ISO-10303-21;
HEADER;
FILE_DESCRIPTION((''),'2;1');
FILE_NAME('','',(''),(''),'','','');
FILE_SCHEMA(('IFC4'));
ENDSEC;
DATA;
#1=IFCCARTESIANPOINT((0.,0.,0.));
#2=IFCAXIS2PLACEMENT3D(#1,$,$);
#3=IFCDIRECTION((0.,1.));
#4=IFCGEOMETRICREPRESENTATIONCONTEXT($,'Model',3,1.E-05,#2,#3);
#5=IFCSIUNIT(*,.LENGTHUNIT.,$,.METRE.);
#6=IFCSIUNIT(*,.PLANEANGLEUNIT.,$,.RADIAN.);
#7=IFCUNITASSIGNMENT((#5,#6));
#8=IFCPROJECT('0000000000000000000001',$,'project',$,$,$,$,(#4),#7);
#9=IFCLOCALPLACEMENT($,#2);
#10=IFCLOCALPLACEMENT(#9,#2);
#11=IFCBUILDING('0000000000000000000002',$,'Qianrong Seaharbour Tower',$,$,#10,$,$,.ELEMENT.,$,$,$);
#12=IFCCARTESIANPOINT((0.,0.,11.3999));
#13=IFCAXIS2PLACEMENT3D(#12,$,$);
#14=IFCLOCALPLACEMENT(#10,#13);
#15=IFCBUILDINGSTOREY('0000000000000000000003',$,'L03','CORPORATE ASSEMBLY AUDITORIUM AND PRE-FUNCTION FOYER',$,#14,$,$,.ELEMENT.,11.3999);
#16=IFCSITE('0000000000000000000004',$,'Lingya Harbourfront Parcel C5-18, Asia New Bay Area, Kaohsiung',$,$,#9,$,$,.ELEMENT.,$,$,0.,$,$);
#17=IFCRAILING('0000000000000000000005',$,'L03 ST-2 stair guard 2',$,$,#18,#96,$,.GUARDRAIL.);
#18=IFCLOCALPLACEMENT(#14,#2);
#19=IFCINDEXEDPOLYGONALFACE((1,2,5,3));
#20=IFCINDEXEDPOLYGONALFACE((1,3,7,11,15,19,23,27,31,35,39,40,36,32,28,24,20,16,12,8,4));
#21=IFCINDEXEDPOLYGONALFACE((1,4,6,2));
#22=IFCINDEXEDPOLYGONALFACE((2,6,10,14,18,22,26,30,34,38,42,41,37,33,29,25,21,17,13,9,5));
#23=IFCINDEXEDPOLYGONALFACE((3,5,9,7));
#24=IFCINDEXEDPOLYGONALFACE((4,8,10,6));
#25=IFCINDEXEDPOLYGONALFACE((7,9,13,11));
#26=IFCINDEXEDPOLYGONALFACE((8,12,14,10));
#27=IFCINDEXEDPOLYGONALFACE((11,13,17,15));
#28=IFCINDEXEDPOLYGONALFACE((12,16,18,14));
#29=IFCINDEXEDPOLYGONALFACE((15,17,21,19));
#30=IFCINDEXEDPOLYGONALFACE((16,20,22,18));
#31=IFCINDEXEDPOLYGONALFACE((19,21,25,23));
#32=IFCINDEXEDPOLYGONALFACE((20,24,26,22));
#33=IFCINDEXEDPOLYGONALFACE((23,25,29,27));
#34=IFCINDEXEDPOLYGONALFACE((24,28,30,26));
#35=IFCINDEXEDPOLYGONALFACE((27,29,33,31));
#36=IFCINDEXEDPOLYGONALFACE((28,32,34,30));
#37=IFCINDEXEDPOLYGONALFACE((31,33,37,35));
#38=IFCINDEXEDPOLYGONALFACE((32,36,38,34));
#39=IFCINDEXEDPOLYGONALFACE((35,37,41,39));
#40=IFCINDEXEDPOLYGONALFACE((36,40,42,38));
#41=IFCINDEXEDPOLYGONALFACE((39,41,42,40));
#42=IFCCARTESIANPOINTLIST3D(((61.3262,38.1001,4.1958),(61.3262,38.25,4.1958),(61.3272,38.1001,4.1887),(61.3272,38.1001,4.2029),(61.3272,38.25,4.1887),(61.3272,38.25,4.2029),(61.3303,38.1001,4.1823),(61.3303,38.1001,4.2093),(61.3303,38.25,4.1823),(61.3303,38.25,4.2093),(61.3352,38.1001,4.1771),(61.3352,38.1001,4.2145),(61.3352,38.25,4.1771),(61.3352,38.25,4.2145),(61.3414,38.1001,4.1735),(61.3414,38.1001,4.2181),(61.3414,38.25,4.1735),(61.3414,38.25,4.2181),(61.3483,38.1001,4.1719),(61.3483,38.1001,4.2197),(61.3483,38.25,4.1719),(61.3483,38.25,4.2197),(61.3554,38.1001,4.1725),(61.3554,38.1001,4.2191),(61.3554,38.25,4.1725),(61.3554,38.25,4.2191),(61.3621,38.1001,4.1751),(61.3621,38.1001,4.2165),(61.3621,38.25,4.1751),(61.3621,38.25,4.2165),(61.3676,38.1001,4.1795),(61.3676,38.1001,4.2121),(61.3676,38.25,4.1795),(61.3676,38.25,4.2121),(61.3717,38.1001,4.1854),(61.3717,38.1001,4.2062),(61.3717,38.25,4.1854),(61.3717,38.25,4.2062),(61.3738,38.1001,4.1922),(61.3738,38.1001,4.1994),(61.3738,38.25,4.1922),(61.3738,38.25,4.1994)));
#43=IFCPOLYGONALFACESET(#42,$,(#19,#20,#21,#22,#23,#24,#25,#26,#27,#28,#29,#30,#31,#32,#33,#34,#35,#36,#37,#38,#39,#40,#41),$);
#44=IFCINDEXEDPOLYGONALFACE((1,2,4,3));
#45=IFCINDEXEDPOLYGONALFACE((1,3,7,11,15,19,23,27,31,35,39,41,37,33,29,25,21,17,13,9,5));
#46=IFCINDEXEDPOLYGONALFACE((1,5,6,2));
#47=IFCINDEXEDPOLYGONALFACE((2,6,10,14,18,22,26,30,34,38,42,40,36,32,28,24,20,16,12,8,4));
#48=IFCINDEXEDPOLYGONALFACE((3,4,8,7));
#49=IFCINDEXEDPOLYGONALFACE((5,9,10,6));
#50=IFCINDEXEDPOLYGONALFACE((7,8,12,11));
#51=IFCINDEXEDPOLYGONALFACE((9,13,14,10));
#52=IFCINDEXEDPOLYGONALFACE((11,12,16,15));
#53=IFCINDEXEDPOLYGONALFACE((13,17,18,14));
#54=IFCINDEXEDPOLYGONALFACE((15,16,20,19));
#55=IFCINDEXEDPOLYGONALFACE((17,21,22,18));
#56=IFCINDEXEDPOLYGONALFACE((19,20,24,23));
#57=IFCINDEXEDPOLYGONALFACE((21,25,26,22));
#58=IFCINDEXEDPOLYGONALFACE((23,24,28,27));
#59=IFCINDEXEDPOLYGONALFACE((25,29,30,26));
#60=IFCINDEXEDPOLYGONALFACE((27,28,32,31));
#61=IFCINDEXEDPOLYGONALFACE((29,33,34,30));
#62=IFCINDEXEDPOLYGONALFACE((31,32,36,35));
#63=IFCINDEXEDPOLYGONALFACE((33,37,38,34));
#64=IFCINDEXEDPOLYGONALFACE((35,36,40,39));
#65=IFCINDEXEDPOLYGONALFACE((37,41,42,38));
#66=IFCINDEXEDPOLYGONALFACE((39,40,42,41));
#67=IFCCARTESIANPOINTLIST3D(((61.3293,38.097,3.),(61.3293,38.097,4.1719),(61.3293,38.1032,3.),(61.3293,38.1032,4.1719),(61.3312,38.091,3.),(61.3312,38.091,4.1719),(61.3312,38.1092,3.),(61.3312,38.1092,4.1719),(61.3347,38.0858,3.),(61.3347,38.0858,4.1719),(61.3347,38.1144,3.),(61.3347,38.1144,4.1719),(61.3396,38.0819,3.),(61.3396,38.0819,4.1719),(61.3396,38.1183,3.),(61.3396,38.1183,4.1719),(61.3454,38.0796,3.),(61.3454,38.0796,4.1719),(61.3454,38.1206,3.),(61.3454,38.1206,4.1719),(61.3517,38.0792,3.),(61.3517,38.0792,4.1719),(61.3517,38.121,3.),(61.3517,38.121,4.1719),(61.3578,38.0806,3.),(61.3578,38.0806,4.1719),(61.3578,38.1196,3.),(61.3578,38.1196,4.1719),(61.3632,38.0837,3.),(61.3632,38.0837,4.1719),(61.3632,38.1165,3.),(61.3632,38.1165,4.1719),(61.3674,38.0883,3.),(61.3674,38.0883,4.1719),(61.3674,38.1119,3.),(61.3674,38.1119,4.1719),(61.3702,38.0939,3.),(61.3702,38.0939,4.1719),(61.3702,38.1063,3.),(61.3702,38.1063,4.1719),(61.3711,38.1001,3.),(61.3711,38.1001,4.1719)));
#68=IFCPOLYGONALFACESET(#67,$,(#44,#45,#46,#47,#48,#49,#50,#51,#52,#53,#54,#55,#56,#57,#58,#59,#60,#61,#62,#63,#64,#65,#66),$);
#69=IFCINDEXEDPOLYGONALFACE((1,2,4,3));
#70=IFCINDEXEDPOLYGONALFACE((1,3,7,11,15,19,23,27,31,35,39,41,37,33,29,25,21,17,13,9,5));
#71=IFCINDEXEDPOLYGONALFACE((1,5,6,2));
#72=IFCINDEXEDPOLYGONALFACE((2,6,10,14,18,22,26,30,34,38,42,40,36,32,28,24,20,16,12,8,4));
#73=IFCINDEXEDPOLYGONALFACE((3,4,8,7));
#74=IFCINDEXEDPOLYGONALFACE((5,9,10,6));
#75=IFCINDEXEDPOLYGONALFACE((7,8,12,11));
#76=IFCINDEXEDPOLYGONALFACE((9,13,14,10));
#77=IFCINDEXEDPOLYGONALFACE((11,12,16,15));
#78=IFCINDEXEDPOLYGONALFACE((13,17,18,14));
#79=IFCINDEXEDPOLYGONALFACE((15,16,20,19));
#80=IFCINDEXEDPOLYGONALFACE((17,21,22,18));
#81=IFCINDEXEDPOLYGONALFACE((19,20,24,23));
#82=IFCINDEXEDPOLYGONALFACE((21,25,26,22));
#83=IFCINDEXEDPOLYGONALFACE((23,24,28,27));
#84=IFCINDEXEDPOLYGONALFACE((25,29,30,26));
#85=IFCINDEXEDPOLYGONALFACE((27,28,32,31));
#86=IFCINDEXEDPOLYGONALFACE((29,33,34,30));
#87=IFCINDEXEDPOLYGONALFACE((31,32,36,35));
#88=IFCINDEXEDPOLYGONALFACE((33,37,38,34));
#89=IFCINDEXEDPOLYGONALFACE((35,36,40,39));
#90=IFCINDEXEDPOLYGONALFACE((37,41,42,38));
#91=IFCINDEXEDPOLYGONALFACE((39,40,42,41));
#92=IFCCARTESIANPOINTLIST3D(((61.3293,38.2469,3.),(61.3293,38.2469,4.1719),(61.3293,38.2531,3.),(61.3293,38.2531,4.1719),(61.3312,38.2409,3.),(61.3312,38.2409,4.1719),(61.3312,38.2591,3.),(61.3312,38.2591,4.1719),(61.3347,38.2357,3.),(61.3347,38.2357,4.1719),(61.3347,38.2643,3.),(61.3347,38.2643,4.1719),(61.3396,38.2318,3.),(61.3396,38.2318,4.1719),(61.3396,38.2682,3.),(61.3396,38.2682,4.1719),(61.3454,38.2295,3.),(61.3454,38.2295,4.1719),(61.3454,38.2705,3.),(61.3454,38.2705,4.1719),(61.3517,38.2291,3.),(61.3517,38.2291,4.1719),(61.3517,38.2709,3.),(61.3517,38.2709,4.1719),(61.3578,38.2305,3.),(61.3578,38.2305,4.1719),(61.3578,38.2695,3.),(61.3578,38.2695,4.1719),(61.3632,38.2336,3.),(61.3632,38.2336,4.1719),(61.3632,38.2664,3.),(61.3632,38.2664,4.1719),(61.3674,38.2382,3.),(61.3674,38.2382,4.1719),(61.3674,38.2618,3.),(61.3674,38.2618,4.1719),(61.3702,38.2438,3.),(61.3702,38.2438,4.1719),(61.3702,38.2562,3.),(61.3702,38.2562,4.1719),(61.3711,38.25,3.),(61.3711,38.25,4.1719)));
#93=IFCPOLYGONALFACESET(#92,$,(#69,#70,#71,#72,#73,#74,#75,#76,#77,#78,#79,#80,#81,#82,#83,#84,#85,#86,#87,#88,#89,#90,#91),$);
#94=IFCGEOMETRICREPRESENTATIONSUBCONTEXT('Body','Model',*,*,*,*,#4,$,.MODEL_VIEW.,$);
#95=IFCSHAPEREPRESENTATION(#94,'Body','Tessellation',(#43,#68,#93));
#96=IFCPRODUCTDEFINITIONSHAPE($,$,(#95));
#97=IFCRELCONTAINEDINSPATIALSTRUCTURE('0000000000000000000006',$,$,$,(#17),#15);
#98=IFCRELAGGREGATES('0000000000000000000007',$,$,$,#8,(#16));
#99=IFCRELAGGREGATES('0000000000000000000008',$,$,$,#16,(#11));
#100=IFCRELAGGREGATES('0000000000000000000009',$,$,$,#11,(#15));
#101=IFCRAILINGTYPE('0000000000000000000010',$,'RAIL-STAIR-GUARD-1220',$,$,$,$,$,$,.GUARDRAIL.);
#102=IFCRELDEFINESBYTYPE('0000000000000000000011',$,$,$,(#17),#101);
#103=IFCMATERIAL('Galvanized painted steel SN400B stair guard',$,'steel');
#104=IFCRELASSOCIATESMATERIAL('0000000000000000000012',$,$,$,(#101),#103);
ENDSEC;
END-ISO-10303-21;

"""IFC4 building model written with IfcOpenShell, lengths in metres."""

from ifc_helpers import new_model, si_unit, direction, frame, origin, origin_2d, place, context, subcontext, project, spatial, circle, extrude, material, type_object, element, save


model = new_model("IFC4")

# Units and contexts
model_context = context("Model", 3, precision=1e-05, world=origin(), true_north=direction((0.0, 1.0)))
body_context = subcontext(model_context, "Body", "Model", "MODEL_VIEW")
ifc_project = project(units=[si_unit("LENGTHUNIT", "METRE"), si_unit("PLANEANGLEUNIT", "RADIAN")], contexts=[model_context])

# Site, building, storey
site_placement = place(None, origin())
site = spatial("IfcSite", under=ifc_project, at=site_placement, Name="Lingya Harbourfront Parcel C5-18, Asia New Bay Area, Kaohsiung", CompositionType="ELEMENT", RefElevation=0.0)
building_placement = place(site_placement, origin())
building = spatial("IfcBuilding", under=site, at=building_placement, Name="Qianrong Seaharbour Tower", CompositionType="ELEMENT")
storey_placement = place(building_placement, frame((0.0, 0.0, 11.3999)))
storey = spatial("IfcBuildingStorey", under=building, at=storey_placement, Name="L03", Description="CORPORATE ASSEMBLY AUDITORIUM AND PRE-FUNCTION FOYER", CompositionType="ELEMENT", Elevation=11.3999)

# Railing
ifc_material_1 = material(Name="Galvanized painted steel SN400B stair guard", Category="steel")
railing_type_1 = type_object("IfcRailingType", Name="RAIL-STAIR-GUARD-1220", PredefinedType="GUARDRAIL", material=ifc_material_1)
railing_1_placement = place(storey_placement, frame((61.3501, 38.1001, 3.0)))
element("IfcRailing", 1, at=railing_1_placement, inside=storey, type_object=railing_type_1, Name="L03 ST-2 stair guard 2", PredefinedType="GUARDRAIL", context=body_context, shape_type="SweptSolid", body=[
    extrude(circle(Radius=0.0239, at=origin_2d()), frame((0.0, 0.0, 1.1958), z_axis=(0.0, 1.0, 0.0), x_axis=(-1.0, 0.0, 0.0)), (0.0, 0.0, 1.0), 0.1499),
    extrude(circle(Radius=0.021, at=origin_2d()), origin(), (0.0, 0.0, 1.0), 1.1719),
    extrude(circle(Radius=0.021, at=origin_2d()), frame((0.0, 0.1499, 0.0)), (0.0, 0.0, 1.0), 1.1719),
])

save(model, "model.ifc")
